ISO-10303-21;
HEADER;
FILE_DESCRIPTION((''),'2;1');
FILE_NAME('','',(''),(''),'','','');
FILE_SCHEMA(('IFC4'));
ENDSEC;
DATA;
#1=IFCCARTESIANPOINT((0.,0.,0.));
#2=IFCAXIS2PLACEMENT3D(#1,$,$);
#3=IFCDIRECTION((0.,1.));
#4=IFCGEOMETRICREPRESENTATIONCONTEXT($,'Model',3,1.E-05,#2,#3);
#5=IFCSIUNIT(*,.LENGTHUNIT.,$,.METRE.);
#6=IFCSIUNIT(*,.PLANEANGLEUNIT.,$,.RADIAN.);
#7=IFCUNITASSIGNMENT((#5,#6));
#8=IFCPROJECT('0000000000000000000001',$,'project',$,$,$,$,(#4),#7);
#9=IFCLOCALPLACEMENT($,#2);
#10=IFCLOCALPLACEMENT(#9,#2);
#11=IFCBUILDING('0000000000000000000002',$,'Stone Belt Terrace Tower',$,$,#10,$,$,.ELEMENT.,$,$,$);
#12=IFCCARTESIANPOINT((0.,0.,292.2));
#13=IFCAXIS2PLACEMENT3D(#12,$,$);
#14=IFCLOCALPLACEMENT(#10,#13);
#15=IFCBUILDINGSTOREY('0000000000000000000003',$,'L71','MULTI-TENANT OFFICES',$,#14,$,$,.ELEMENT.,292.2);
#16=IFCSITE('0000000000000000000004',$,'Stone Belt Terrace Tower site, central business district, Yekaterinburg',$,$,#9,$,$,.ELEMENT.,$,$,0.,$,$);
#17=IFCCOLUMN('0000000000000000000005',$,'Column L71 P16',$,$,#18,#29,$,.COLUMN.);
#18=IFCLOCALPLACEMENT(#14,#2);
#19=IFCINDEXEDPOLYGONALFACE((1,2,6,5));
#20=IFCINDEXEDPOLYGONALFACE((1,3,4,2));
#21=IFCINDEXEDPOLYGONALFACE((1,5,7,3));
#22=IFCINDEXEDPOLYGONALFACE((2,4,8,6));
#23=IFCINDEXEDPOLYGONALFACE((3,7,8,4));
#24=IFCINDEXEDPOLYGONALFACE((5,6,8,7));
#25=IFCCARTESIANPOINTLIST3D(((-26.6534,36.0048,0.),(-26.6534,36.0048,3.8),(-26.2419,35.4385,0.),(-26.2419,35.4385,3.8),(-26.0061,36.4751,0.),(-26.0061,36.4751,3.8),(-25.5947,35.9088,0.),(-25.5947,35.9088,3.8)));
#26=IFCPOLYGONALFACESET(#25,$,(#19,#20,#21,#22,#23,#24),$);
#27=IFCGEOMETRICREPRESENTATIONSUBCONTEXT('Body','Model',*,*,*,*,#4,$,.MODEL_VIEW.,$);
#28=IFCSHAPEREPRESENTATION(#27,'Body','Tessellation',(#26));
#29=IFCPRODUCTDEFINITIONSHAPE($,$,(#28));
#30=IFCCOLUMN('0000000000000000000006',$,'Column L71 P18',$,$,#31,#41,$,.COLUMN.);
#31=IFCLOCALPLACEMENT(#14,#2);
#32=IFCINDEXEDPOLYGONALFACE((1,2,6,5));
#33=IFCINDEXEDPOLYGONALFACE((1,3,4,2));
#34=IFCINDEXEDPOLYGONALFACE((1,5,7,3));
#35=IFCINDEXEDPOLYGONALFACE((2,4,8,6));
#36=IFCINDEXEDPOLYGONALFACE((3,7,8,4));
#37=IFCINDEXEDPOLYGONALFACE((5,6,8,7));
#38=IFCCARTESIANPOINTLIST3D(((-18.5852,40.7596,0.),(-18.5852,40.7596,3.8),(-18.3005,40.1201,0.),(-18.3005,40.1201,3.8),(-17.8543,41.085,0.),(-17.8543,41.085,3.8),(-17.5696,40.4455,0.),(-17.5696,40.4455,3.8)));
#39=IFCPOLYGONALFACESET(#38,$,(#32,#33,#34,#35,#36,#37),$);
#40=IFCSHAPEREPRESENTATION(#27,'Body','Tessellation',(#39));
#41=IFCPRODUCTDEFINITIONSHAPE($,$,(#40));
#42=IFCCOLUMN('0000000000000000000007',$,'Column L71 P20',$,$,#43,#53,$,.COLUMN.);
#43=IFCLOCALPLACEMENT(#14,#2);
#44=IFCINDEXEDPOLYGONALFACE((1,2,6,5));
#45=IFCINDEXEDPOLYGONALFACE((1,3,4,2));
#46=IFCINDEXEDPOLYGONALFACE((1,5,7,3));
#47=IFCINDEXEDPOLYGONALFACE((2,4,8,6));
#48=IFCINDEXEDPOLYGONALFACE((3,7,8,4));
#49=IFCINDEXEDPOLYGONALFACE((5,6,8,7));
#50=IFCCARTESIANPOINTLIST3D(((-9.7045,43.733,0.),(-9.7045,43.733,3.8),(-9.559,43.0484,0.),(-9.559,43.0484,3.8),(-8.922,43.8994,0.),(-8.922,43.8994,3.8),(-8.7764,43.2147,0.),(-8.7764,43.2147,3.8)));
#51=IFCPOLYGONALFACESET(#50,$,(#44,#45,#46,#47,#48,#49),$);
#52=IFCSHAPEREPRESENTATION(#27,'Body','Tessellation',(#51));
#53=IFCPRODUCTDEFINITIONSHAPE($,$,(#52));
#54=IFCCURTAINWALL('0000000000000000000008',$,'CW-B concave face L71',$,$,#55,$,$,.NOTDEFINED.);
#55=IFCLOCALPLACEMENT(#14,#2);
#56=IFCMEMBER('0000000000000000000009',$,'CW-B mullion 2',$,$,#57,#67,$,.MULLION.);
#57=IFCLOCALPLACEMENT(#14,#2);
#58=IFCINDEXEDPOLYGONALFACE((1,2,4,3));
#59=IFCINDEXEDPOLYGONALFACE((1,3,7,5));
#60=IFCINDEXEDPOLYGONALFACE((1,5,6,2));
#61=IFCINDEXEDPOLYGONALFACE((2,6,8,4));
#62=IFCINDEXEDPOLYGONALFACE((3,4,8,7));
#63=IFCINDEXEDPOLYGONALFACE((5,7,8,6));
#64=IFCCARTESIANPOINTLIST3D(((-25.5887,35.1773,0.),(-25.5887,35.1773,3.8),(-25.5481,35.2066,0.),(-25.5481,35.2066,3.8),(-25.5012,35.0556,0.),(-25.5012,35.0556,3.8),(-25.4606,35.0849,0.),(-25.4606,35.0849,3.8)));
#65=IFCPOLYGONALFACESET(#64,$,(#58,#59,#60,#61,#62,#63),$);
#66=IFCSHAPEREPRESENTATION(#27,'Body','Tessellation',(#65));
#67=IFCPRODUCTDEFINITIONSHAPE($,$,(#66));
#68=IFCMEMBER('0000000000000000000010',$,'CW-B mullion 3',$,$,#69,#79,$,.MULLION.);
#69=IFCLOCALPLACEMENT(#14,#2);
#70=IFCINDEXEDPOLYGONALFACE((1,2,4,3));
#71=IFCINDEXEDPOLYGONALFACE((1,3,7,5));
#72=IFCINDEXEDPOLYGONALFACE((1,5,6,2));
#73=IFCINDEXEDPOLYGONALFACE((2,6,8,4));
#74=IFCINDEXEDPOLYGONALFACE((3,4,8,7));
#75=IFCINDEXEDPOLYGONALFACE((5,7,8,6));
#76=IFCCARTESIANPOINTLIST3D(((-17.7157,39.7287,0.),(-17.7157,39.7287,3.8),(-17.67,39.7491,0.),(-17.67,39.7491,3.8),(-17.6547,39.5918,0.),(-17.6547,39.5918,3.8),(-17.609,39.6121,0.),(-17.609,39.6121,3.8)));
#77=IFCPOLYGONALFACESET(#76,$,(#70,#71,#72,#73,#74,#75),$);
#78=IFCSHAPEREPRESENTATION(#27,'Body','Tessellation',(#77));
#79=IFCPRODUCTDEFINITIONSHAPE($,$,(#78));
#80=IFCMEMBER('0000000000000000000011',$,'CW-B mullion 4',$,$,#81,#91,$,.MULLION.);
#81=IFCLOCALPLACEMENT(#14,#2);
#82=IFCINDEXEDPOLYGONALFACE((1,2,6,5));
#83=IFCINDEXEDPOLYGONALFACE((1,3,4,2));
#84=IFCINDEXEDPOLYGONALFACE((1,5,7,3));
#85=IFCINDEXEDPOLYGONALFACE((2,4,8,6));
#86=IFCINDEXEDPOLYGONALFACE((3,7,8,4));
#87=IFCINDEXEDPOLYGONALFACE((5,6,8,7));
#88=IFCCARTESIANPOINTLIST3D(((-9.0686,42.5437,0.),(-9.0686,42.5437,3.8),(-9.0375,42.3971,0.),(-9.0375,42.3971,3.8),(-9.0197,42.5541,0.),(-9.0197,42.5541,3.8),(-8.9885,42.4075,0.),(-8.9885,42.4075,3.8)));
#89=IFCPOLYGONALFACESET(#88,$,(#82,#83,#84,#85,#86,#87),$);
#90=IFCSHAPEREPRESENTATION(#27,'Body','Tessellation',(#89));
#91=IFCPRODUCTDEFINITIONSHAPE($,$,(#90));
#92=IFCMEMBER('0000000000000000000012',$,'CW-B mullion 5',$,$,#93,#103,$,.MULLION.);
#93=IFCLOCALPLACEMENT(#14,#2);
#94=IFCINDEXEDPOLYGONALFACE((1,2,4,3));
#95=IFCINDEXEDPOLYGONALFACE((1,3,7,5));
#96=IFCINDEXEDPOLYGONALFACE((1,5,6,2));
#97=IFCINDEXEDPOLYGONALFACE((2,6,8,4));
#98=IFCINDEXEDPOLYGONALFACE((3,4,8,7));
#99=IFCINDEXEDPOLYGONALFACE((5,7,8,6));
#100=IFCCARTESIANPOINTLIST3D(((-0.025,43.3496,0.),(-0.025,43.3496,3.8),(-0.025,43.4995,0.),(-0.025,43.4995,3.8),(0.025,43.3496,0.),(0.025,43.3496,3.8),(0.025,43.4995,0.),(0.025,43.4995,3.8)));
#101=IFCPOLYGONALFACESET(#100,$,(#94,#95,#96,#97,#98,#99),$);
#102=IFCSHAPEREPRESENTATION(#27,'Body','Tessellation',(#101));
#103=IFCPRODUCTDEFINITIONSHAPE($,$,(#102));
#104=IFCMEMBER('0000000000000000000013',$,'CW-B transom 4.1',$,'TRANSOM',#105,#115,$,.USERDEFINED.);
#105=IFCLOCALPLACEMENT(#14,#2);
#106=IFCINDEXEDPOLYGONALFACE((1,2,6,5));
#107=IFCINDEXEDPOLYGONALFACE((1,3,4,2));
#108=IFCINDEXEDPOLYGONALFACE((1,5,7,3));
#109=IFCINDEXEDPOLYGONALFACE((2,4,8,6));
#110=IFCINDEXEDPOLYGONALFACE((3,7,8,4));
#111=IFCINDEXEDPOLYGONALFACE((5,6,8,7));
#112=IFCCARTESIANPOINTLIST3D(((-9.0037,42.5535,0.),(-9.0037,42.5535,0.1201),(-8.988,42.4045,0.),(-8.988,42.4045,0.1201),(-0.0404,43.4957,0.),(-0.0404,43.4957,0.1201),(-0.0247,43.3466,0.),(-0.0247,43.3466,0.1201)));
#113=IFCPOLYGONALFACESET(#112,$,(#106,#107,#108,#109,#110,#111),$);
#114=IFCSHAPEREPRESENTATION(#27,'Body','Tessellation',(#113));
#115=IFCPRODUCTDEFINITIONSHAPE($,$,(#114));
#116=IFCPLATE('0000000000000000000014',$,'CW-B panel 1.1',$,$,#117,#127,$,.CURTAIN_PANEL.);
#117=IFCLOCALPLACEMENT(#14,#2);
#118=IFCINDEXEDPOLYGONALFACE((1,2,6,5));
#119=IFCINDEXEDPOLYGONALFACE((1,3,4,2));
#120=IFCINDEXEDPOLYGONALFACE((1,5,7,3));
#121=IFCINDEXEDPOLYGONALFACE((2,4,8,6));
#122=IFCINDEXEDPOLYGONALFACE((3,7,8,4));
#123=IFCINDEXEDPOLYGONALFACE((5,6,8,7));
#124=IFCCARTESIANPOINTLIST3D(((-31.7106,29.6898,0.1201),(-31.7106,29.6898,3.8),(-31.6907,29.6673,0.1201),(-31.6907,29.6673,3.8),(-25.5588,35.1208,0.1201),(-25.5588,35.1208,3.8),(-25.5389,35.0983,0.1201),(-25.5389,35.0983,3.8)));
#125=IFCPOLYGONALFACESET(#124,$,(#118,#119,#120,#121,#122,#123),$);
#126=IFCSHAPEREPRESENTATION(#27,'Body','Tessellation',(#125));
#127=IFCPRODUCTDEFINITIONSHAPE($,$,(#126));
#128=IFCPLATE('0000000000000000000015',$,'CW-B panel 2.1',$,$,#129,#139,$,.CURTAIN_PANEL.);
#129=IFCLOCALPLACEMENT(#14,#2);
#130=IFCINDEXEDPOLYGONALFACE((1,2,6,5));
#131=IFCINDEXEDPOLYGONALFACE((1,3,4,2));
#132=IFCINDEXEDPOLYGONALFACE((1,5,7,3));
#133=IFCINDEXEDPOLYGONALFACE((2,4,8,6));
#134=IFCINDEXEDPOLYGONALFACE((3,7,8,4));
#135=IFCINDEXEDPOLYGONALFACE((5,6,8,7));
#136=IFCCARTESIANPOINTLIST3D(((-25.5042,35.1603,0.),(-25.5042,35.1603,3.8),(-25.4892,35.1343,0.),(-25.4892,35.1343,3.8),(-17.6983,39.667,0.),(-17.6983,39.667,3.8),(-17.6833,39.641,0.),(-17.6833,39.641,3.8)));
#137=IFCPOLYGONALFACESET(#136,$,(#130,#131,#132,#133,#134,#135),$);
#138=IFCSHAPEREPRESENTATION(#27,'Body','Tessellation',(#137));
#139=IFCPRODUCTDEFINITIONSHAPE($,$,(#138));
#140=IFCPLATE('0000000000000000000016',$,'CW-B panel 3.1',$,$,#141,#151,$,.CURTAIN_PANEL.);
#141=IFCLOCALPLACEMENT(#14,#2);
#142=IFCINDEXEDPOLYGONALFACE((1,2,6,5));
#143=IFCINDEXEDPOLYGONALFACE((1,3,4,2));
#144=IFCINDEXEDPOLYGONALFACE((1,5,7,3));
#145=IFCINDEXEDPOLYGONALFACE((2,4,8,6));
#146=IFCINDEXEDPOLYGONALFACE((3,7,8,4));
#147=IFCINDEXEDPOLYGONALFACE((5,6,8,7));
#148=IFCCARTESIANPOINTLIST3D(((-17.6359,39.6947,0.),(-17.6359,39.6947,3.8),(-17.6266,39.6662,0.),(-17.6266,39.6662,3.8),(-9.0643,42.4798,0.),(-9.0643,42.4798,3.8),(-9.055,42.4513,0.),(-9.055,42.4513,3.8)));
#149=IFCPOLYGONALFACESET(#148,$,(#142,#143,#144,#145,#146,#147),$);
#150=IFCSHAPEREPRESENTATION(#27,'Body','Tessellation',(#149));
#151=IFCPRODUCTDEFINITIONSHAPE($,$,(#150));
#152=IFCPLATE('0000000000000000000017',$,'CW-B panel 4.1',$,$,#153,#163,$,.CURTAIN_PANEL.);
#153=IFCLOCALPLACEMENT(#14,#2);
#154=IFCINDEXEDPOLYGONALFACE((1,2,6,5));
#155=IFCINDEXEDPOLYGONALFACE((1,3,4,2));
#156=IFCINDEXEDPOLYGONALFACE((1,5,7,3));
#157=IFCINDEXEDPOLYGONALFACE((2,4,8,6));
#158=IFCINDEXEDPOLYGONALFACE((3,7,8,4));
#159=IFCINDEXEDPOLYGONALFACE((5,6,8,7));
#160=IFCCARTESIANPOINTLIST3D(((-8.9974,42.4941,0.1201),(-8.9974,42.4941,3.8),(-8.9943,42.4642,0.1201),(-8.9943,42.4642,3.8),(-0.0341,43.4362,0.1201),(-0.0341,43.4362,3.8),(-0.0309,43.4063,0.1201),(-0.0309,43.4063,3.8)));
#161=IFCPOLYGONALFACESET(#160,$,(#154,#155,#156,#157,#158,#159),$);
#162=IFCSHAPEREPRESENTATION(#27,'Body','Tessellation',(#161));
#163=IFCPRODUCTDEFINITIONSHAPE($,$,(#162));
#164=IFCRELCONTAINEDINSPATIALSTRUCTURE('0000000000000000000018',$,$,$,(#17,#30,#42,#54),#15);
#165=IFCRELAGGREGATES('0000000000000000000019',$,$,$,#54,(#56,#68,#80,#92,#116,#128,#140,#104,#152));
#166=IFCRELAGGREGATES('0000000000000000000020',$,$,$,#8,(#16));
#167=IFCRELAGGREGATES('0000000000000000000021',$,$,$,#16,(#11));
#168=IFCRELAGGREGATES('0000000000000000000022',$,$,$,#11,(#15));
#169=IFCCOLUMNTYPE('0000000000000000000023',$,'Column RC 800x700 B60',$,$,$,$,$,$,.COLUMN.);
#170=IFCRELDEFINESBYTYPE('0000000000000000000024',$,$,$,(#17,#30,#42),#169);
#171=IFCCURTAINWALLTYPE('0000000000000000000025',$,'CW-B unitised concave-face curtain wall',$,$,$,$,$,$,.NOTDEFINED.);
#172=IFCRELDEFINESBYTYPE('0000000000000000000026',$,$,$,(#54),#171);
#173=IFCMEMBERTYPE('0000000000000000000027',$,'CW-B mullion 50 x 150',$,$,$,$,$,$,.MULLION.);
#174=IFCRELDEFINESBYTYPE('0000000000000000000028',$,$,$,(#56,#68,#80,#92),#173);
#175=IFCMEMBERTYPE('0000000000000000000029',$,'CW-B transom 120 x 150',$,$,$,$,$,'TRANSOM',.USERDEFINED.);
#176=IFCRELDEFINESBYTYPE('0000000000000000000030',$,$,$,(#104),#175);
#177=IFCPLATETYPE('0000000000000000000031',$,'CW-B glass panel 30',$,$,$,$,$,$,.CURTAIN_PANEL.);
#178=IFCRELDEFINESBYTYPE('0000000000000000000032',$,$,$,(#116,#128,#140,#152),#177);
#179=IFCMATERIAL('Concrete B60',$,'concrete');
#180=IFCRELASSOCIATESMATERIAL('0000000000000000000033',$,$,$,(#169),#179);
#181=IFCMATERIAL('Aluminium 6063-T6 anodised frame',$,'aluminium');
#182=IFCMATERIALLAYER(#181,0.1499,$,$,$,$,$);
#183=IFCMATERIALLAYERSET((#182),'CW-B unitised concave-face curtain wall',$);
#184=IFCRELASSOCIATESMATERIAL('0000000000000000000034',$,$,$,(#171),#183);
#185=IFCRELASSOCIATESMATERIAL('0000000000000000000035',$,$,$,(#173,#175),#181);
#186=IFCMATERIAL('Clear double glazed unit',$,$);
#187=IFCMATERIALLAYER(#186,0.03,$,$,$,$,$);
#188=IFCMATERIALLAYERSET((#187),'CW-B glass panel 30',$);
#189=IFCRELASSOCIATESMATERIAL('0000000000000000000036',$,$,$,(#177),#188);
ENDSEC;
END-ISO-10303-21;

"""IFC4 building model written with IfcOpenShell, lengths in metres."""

from ifc_helpers import new_model, si_unit, direction, frame, origin, origin_2d, place, context, subcontext, project, spatial, rectangle, extrude, material, layer, layer_set, material_profile, profile_set, type_object, element, aggregate, save


model = new_model("IFC4")

# Units and contexts
model_context = context("Model", 3, precision=1e-05, world=origin(), true_north=direction((0.0, 1.0)))
body_context = subcontext(model_context, "Body", "Model", "MODEL_VIEW")
ifc_project = project(units=[si_unit("LENGTHUNIT", "METRE"), si_unit("PLANEANGLEUNIT", "RADIAN")], contexts=[model_context])

# Site, building, storey
site_placement = place(None, origin())
site = spatial("IfcSite", under=ifc_project, at=site_placement, Name="Stone Belt Terrace Tower site, central business district, Yekaterinburg", CompositionType="ELEMENT", RefElevation=0.0)
building_placement = place(site_placement, origin())
building = spatial("IfcBuilding", under=site, at=building_placement, Name="Stone Belt Terrace Tower", CompositionType="ELEMENT")
storey_placement = place(building_placement, frame((0.0, 0.0, 292.2)))
storey = spatial("IfcBuildingStorey", under=building, at=storey_placement, Name="L71", Description="MULTI-TENANT OFFICES", CompositionType="ELEMENT", Elevation=292.2)

# Columns
ifc_material_1 = material(Name="Concrete B60", Category="concrete")
ifc_material_profile_1 = material_profile(ifc_material_1, rectangle(XDim=0.8, YDim=0.7, at=origin_2d()), Name="RC 800x700")
ifc_profile_set_1 = profile_set([ifc_material_profile_1], Name="Concrete B60")
column_type = type_object("IfcColumnType", Name="Column RC 800x700 B60", PredefinedType="COLUMN", material=ifc_profile_set_1)
for number, where, z_axis, x_axis, name in (
    (1, (-26.124, 35.9568, 0.0), (0.0, 0.0, 1.0), (0.809017, 0.587785, 0.0), "Column L71 P16"),
    (2, (-18.0774, 40.6025, 0.0), (0.0, 0.0, 1.0), (0.913545, 0.406737, 0.0), "Column L71 P18"),
    (3, (-9.2405, 43.4739, 0.0), (0.0, 0.0, 1.0), (0.978148, 0.207912, 0.0), "Column L71 P20"),
):
    element("IfcColumn", number, at=place(storey_placement, frame(where, z_axis=z_axis, x_axis=x_axis)), inside=storey, type_object=column_type, Name=name, PredefinedType="COLUMN", context=body_context, shape_type="SweptSolid", body=[
        extrude(rectangle(XDim=0.8, YDim=0.7, at=origin_2d()), origin(), (0.0, 0.0, 1.0), 3.8),
    ])

# Curtain wall, members, plates
ifc_material_2 = material(Name="Aluminium 6063-T6 anodised frame", Category="aluminium")
ifc_layer_1 = layer(ifc_material_2, 0.1499)
ifc_layer_set_1 = layer_set([ifc_layer_1], Name="CW-B unitised concave-face curtain wall")
curtain_wall_type = type_object("IfcCurtainWallType", Name="CW-B unitised concave-face curtain wall", PredefinedType="NOTDEFINED", material=ifc_layer_set_1)
curtain_wall_placement = place(storey_placement, origin())
curtain_wall = element("IfcCurtainWall", 4, at=curtain_wall_placement, inside=storey, type_object=curtain_wall_type, Name="CW-B concave face L71", PredefinedType="NOTDEFINED")
ifc_material_profile_2 = material_profile(ifc_material_2, rectangle(XDim=0.1499, YDim=0.05, at=origin_2d()), Name="Aluminium 6063-T6 50x150")
ifc_profile_set_2 = profile_set([ifc_material_profile_2], Name="Aluminium 6063-T6 anodised frame")
member_type_1 = type_object("IfcMemberType", Name="CW-B mullion 50 x 150", PredefinedType="MULLION", material=ifc_profile_set_2)
member_1_placement = place(storey_placement, frame((-25.5247, 35.1311, 0.0), z_axis=(0.0, 0.0, 1.0), x_axis=(-0.583819, 0.811884, 0.0)))
member_1 = element("IfcMember", 5, at=member_1_placement, type_object=member_type_1, Name="CW-B mullion 2", PredefinedType="MULLION", context=body_context, shape_type="SweptSolid", body=[
    extrude(rectangle(XDim=0.1499, YDim=0.05, at=origin_2d()), origin(), (0.0, 0.0, 1.0), 3.8),
])
member_2_placement = place(storey_placement, frame((-17.6624, 39.6704, 0.0), z_axis=(0.0, 0.0, 1.0), x_axis=(-0.406737, 0.913545, 0.0)))
member_2 = element("IfcMember", 6, at=member_2_placement, type_object=member_type_1, Name="CW-B mullion 3", PredefinedType="MULLION", context=body_context, shape_type="SweptSolid", body=[
    extrude(rectangle(XDim=0.1499, YDim=0.05, at=origin_2d()), origin(), (0.0, 0.0, 1.0), 3.8),
])
member_3_placement = place(storey_placement, frame((-9.0286, 42.4756, 0.0), z_axis=(0.0, 0.0, 1.0), x_axis=(-0.207912, 0.978148, 0.0)))
member_3 = element("IfcMember", 7, at=member_3_placement, type_object=member_type_1, Name="CW-B mullion 4", PredefinedType="MULLION", context=body_context, shape_type="SweptSolid", body=[
    extrude(rectangle(XDim=0.1499, YDim=0.05, at=origin_2d()), origin(), (0.0, 0.0, 1.0), 3.8),
])
member_4_placement = place(storey_placement, frame((0.0, 43.4246, 0.0), z_axis=(0.0, 0.0, 1.0), x_axis=(0.0, 1.0, 0.0)))
member_4 = element("IfcMember", 8, at=member_4_placement, type_object=member_type_1, Name="CW-B mullion 5", PredefinedType="MULLION", context=body_context, shape_type="SweptSolid", body=[
    extrude(rectangle(XDim=0.1499, YDim=0.05, at=origin_2d()), origin(), (0.0, 0.0, 1.0), 3.8),
])
ifc_material_profile_3 = material_profile(ifc_material_2, rectangle(XDim=0.1499, YDim=0.1201, at=origin_2d()), Name="Aluminium 6063-T6 150x120")
ifc_profile_set_3 = profile_set([ifc_material_profile_3], Name="Aluminium 6063-T6 anodised frame")
member_type_2 = type_object("IfcMemberType", Name="CW-B transom 120 x 150", ElementType="TRANSOM", PredefinedType="USERDEFINED", material=ifc_profile_set_3)
member_5_placement = place(storey_placement, frame((-8.9958, 42.479, 0.0601), z_axis=(0.994521, 0.104534, 0.0), x_axis=(-0.104534, 0.994521, 0.0)))
member_5 = element("IfcMember", 9, at=member_5_placement, type_object=member_type_2, Name="CW-B transom 4.1", ObjectType="TRANSOM", PredefinedType="USERDEFINED", context=body_context, shape_type="SweptSolid", body=[
    extrude(rectangle(XDim=0.1499, YDim=0.1201, at=origin_2d()), origin(), (0.0, 0.0, 1.0), 9.0127),
])
ifc_material_3 = material(Name="Clear double glazed unit")
ifc_layer_2 = layer(ifc_material_3, 0.03)
ifc_layer_set_2 = layer_set([ifc_layer_2], Name="CW-B glass panel 30")
plate_type = type_object("IfcPlateType", Name="CW-B glass panel 30", PredefinedType="CURTAIN_PANEL", material=ifc_layer_set_2)
plate_1_placement = place(storey_placement, frame((-28.6248, 32.394, 0.1201), z_axis=(0.0, 0.0, 1.0), x_axis=(0.749659, 0.661825, 0.0)))
plate_1 = element("IfcPlate", 10, at=plate_1_placement, type_object=plate_type, Name="CW-B panel 1.1", PredefinedType="CURTAIN_PANEL", context=body_context, shape_type="SweptSolid", body=[
    extrude(rectangle(XDim=8.2061, YDim=0.03, at=origin_2d()), origin(), (0.0, 0.0, 1.0), 3.6799),
])
plate_2_placement = place(storey_placement, frame((-21.5938, 37.4006, 0.0), z_axis=(0.0, 0.0, 1.0), x_axis=(0.866025, 0.5, 0.0)))
plate_2 = element("IfcPlate", 11, at=plate_2_placement, type_object=plate_type, Name="CW-B panel 2.1", PredefinedType="CURTAIN_PANEL", context=body_context, shape_type="SweptSolid", body=[
    extrude(rectangle(XDim=9.0134, YDim=0.03, at=origin_2d()), origin(), (0.0, 0.0, 1.0), 3.8),
])
plate_3_placement = place(storey_placement, frame((-13.3455, 41.073, 0.0), z_axis=(0.0, 0.0, 1.0), x_axis=(0.951057, 0.309017, 0.0)))
plate_3 = element("IfcPlate", 12, at=plate_3_placement, type_object=plate_type, Name="CW-B panel 3.1", PredefinedType="CURTAIN_PANEL", context=body_context, shape_type="SweptSolid", body=[
    extrude(rectangle(XDim=9.0127, YDim=0.03, at=origin_2d()), origin(), (0.0, 0.0, 1.0), 3.8),
])
plate_4_placement = place(storey_placement, frame((-4.5142, 42.9502, 0.1201), z_axis=(0.0, 0.0, 1.0), x_axis=(0.994522, 0.104528, 0.0)))
plate_4 = element("IfcPlate", 13, at=plate_4_placement, type_object=plate_type, Name="CW-B panel 4.1", PredefinedType="CURTAIN_PANEL", context=body_context, shape_type="SweptSolid", body=[
    extrude(rectangle(XDim=9.0127, YDim=0.03, at=origin_2d()), origin(), (0.0, 0.0, 1.0), 3.6799),
])
aggregate(curtain_wall, [member_1, member_2, member_3, member_4, plate_1, plate_2, plate_3, member_5, plate_4])

save(model, "model.ifc")
